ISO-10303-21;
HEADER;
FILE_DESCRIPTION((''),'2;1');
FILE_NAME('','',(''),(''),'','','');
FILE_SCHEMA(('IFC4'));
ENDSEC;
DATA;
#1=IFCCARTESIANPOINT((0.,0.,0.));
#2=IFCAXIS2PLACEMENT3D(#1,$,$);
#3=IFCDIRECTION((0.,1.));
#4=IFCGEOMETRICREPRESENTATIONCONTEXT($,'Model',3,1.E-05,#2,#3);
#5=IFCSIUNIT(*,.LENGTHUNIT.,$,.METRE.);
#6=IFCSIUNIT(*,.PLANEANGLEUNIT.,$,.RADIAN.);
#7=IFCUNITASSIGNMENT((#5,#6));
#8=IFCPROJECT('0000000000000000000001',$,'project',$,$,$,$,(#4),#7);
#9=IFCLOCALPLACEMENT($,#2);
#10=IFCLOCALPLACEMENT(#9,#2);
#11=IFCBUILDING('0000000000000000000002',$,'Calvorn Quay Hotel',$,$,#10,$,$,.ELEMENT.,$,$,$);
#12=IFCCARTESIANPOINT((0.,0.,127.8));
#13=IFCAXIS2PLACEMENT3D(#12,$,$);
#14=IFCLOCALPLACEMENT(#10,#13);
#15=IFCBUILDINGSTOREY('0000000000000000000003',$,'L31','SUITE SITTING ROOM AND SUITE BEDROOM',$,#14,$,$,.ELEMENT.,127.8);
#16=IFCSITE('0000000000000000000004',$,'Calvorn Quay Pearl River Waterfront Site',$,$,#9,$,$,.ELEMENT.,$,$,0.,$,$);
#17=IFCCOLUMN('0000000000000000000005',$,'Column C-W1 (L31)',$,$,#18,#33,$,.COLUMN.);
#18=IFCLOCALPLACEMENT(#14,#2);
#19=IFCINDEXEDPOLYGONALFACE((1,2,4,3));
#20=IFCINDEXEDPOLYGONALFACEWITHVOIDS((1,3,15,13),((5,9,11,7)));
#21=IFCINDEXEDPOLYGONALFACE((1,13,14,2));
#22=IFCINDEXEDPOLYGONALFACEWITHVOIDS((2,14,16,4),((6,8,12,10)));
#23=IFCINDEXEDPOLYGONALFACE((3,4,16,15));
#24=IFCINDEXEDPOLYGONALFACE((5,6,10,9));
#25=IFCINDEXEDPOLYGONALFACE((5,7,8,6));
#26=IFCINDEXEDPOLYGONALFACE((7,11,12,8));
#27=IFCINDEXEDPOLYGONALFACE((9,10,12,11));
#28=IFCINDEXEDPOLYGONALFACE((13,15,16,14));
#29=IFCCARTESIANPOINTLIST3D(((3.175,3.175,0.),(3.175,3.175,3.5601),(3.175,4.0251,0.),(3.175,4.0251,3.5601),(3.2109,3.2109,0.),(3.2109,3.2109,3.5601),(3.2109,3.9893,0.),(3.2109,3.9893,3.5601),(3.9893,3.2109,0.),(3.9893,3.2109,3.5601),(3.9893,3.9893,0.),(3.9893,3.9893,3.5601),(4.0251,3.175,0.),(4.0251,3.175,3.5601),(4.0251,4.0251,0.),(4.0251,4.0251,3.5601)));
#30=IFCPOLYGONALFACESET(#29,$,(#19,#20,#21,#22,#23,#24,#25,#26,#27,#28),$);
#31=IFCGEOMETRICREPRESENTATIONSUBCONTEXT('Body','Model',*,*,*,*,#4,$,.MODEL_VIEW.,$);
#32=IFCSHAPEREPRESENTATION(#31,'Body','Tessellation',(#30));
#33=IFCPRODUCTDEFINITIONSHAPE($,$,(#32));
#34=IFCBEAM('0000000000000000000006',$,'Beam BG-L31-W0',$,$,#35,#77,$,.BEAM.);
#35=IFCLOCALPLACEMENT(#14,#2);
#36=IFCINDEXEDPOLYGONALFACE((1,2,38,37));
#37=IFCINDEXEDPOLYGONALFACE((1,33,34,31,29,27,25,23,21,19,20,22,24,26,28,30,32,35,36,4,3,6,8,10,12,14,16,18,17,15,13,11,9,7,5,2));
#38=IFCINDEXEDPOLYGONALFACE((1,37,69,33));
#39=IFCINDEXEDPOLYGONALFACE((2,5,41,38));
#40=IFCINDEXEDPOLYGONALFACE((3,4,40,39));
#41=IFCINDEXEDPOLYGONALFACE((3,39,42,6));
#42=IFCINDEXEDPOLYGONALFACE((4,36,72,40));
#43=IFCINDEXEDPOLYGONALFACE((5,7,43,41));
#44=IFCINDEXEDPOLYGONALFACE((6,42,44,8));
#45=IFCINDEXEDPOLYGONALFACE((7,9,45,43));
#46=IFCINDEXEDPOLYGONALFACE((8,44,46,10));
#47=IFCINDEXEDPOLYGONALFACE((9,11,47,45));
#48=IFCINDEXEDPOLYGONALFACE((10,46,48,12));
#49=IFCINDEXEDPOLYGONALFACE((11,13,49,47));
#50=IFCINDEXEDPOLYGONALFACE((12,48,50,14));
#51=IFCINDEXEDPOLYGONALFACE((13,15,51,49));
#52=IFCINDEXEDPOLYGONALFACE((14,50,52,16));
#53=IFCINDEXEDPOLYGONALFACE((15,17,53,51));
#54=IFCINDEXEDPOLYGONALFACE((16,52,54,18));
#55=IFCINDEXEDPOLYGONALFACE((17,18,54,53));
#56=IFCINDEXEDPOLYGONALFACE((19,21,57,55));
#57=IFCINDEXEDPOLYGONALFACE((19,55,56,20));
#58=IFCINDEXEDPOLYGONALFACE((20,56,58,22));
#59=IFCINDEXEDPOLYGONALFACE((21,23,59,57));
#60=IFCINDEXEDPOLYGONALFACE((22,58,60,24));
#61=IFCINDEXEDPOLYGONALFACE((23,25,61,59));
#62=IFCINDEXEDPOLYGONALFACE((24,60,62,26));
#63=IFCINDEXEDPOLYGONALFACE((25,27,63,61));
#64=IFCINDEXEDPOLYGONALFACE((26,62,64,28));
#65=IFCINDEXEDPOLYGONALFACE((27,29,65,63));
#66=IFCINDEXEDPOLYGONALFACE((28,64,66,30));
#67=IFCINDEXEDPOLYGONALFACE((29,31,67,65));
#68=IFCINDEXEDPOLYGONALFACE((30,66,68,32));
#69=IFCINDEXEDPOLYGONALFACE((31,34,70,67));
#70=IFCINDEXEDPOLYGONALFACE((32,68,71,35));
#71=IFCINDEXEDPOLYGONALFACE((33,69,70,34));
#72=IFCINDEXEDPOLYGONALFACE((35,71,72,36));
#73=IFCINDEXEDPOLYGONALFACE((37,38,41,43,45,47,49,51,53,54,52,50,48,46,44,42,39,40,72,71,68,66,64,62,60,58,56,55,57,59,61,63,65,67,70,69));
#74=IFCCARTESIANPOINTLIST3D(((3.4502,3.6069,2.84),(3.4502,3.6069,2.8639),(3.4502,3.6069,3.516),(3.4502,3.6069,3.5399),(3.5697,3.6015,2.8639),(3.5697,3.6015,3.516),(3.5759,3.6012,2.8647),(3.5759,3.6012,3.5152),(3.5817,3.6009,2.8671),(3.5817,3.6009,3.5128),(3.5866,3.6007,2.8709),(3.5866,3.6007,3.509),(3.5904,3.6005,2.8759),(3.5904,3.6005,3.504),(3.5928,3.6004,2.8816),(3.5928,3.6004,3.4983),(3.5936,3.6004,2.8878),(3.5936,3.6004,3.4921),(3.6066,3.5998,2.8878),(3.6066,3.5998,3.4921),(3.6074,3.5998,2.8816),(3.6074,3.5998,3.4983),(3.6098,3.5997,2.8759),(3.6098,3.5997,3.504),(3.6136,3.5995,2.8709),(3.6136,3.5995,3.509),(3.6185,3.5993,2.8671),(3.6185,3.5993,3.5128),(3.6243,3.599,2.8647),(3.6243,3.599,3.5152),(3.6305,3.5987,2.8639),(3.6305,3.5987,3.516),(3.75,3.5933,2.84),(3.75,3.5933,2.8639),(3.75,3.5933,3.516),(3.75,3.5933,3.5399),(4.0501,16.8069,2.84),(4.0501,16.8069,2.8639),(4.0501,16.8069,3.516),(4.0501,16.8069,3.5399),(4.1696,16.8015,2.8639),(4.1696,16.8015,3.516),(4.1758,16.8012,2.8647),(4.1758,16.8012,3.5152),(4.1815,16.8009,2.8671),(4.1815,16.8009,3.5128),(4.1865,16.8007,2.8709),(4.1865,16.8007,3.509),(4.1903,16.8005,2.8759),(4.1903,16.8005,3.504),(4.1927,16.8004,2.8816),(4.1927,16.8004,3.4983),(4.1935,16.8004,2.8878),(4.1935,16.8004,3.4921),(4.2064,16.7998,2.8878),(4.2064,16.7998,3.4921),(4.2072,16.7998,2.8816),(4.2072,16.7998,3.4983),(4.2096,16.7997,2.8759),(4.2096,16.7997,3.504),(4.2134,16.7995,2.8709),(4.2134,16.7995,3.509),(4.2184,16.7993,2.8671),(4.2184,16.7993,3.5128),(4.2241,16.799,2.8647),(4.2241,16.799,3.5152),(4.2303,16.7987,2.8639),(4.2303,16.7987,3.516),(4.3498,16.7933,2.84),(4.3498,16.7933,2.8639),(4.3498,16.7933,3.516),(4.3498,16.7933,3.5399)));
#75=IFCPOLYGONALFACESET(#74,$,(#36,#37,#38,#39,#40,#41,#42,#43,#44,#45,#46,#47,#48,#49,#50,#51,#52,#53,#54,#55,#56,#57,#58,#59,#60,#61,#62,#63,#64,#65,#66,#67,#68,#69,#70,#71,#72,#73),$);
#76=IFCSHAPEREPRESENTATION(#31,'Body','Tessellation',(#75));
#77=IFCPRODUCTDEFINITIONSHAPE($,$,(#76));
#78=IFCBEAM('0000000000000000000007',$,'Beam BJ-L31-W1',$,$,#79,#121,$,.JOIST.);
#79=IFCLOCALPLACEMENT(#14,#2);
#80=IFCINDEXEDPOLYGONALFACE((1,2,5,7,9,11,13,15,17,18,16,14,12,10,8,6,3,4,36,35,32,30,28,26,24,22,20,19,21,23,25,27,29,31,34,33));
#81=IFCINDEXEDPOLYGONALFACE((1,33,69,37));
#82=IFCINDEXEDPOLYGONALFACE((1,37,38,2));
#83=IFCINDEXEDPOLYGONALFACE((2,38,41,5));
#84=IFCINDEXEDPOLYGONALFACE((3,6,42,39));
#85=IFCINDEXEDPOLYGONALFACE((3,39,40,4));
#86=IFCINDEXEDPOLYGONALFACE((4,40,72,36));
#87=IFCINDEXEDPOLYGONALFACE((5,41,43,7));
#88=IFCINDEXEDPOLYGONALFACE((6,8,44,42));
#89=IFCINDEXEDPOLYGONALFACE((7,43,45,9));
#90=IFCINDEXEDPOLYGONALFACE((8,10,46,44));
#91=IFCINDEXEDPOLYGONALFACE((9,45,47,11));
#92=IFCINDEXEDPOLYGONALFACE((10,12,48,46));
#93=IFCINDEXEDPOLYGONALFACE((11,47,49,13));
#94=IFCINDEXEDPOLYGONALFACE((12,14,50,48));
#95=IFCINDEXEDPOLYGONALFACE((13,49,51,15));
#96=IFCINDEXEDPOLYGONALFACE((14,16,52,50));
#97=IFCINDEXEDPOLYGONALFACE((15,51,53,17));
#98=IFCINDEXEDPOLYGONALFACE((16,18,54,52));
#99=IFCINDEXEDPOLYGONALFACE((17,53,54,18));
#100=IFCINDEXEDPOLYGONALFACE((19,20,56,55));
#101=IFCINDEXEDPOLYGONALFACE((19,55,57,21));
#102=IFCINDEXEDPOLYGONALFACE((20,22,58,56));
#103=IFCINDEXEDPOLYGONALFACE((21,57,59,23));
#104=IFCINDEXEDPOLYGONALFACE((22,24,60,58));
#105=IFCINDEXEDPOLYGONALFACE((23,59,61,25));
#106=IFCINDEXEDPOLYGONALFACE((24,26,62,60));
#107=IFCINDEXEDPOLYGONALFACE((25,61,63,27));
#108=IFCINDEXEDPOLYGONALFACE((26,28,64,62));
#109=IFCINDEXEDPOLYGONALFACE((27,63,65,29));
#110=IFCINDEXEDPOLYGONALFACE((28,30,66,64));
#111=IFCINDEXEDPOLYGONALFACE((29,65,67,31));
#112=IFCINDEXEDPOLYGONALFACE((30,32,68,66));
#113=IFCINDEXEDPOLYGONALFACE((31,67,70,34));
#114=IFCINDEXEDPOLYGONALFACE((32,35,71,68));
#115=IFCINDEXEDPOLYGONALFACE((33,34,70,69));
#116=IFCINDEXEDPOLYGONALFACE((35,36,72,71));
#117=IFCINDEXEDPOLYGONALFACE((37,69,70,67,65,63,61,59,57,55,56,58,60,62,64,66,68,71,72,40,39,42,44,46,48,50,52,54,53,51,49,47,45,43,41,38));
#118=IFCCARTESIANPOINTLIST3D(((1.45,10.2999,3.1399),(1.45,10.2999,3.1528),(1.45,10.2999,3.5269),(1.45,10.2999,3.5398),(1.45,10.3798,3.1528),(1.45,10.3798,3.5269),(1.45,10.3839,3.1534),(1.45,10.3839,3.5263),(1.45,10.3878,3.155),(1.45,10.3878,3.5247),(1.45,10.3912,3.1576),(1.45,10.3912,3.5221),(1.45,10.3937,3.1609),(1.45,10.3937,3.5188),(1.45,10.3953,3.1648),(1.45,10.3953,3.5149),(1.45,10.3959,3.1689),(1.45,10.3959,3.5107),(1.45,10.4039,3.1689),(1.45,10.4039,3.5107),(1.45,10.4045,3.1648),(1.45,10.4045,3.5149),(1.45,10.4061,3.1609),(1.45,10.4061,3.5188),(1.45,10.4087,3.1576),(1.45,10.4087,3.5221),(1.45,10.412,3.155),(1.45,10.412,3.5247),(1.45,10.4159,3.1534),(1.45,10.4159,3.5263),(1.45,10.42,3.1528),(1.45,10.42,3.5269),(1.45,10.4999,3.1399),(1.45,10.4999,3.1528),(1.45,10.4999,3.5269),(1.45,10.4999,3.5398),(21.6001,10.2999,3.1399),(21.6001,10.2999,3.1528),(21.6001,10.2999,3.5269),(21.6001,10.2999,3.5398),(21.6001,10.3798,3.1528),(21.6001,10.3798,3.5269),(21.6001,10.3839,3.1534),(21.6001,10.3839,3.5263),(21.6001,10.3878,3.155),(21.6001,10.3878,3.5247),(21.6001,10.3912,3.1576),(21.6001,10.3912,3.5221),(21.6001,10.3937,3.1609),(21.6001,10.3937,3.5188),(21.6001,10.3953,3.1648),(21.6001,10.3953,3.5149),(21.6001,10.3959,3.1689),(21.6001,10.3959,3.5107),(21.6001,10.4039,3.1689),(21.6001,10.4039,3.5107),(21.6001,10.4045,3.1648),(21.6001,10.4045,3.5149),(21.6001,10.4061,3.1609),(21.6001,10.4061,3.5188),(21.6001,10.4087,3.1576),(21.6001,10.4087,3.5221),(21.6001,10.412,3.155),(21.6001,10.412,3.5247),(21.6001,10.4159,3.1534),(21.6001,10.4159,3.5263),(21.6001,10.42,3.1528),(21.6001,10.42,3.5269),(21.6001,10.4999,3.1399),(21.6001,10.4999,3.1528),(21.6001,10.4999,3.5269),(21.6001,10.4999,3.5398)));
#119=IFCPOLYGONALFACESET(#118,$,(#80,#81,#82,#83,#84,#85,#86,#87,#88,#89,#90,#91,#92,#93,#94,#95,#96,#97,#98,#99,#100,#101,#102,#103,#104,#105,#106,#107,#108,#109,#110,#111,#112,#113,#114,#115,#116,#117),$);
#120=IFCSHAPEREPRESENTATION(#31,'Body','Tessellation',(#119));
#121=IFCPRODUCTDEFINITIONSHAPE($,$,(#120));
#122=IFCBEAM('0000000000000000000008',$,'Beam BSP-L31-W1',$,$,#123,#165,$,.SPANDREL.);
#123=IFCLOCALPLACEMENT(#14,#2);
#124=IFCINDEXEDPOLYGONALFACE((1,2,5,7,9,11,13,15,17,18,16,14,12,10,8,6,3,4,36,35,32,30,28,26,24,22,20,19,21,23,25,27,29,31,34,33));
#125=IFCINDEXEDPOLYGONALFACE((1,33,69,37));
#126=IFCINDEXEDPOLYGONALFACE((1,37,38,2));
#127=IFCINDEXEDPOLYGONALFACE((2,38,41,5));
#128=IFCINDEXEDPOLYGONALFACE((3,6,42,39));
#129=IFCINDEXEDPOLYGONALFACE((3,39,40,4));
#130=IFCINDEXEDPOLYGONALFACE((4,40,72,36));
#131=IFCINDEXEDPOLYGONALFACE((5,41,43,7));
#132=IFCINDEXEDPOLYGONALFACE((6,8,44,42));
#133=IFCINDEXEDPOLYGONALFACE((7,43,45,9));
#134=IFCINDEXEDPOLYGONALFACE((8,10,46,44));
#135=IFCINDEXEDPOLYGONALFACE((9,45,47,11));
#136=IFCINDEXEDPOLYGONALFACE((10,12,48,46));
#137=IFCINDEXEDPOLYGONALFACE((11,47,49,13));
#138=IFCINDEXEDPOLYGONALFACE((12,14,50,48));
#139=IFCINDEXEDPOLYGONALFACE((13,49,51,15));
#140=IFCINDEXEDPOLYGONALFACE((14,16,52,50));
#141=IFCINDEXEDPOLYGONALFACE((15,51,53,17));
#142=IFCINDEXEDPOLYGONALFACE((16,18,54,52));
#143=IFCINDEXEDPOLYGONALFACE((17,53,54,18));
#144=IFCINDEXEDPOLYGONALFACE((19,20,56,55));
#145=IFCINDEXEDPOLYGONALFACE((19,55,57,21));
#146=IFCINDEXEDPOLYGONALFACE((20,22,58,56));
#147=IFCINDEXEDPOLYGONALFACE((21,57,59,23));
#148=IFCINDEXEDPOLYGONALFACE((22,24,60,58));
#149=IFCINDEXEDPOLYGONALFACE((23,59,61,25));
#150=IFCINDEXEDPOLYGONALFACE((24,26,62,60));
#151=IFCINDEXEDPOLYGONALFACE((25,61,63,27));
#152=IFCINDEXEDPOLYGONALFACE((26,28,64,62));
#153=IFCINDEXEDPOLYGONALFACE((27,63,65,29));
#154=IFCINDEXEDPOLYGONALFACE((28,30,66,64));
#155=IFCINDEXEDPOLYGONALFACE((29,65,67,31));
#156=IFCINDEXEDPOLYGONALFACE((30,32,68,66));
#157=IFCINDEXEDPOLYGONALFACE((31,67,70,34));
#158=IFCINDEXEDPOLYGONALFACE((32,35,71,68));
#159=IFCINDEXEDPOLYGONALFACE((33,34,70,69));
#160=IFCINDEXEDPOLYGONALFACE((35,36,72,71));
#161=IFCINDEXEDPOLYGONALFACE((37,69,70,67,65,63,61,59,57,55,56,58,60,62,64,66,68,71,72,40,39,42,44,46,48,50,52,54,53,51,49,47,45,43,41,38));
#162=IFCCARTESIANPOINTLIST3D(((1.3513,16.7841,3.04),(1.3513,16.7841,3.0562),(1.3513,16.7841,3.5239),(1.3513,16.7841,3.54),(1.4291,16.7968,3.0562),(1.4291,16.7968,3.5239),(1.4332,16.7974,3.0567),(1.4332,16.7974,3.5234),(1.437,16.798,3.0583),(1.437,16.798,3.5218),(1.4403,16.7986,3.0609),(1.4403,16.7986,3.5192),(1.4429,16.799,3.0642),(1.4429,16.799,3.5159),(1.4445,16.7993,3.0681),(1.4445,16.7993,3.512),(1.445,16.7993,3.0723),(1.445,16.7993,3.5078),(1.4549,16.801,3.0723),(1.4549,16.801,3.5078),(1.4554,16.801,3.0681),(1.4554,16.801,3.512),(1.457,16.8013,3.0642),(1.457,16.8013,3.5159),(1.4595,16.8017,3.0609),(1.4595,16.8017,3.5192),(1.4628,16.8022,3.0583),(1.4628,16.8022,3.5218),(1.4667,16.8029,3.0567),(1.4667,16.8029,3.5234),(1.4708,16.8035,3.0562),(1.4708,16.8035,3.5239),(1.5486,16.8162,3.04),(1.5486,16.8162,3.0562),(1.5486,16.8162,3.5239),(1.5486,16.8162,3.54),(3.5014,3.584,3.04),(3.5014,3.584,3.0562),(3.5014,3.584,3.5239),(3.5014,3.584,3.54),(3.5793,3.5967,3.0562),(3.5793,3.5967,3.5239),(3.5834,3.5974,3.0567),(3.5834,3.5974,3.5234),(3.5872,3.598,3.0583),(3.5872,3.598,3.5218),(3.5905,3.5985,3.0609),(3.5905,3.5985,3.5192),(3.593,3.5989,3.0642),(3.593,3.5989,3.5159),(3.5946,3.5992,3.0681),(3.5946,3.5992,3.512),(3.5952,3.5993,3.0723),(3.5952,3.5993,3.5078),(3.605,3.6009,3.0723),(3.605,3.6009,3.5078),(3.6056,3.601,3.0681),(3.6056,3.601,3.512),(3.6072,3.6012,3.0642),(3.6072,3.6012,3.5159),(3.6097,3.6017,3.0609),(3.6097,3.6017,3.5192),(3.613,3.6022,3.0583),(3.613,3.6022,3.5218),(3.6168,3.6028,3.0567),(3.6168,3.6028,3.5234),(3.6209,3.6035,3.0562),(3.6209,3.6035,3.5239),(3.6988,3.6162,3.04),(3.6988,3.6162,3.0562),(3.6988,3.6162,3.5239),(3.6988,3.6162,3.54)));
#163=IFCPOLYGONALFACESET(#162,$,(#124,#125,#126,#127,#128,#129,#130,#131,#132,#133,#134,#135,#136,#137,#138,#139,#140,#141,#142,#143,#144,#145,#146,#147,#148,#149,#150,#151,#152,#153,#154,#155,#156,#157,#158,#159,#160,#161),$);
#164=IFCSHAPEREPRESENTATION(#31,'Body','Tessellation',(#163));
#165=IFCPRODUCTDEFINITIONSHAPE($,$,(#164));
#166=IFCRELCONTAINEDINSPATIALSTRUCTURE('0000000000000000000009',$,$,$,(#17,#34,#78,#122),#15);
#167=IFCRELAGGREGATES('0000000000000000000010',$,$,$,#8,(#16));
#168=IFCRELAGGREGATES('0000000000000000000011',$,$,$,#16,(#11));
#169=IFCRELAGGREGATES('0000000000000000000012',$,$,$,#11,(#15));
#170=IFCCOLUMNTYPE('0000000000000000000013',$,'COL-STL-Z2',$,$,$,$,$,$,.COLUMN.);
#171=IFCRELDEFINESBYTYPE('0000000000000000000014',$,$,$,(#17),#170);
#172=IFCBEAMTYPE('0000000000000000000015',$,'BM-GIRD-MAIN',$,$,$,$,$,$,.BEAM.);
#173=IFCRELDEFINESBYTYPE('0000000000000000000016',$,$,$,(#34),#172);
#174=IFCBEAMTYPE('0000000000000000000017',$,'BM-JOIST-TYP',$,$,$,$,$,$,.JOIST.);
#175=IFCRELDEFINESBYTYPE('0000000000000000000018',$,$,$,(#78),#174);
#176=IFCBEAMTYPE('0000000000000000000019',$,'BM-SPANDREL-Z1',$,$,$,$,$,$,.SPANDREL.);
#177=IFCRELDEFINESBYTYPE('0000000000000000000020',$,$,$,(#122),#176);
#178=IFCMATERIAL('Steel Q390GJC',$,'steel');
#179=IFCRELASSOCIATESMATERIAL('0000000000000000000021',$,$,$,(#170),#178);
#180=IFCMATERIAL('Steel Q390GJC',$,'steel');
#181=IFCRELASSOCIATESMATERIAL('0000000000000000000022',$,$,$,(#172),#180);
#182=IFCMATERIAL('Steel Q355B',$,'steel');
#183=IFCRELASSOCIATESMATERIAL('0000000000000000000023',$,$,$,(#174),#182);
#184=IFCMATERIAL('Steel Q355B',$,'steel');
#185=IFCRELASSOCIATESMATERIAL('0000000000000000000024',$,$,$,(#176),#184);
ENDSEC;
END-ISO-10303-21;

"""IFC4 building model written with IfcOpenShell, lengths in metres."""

from ifc_helpers import new_model, si_unit, direction, frame, origin, origin_2d, place, context, subcontext, project, spatial, hollow_rectangle, i_section, extrude, material, material_profile, profile_set, type_object, element, save


model = new_model("IFC4")

# Units and contexts
model_context = context("Model", 3, precision=1e-05, world=origin(), true_north=direction((0.0, 1.0)))
body_context = subcontext(model_context, "Body", "Model", "MODEL_VIEW")
ifc_project = project(units=[si_unit("LENGTHUNIT", "METRE"), si_unit("PLANEANGLEUNIT", "RADIAN")], contexts=[model_context])

# Site, building, storey
site_placement = place(None, origin())
site = spatial("IfcSite", under=ifc_project, at=site_placement, Name="Calvorn Quay Pearl River Waterfront Site", CompositionType="ELEMENT", RefElevation=0.0)
building_placement = place(site_placement, origin())
building = spatial("IfcBuilding", under=site, at=building_placement, Name="Calvorn Quay Hotel", CompositionType="ELEMENT")
storey_placement = place(building_placement, frame((0.0, 0.0, 127.8)))
storey = spatial("IfcBuildingStorey", under=building, at=storey_placement, Name="L31", Description="SUITE SITTING ROOM AND SUITE BEDROOM", CompositionType="ELEMENT", Elevation=127.8)

# Column
ifc_material_1 = material(Name="Steel Q390GJC", Category="steel")
ifc_material_profile_1 = material_profile(ifc_material_1, hollow_rectangle(XDim=0.8501, YDim=0.8501, WallThickness=0.0359, at=origin_2d()), Name="BOX850x850x36")
ifc_profile_set_1 = profile_set([ifc_material_profile_1], Name="Steel Q390GJC")
column_type = type_object("IfcColumnType", Name="COL-STL-Z2", PredefinedType="COLUMN", material=ifc_profile_set_1)
column_placement = place(storey_placement, frame((3.6001, 3.6001, 0.0), z_axis=(0.0, 0.0, 1.0), x_axis=(1.0, 0.0, 0.0)))
element("IfcColumn", 1, at=column_placement, inside=storey, type_object=column_type, Name="Column C-W1 (L31)", PredefinedType="COLUMN", context=body_context, shape_type="SweptSolid", body=[
    extrude(hollow_rectangle(XDim=0.8501, YDim=0.8501, WallThickness=0.0359, at=origin_2d()), origin(), (0.0, 0.0, 1.0), 3.5601),
])

# Beams
ifc_material_2 = material(Name="Steel Q390GJC", Category="steel")
ifc_material_profile_2 = material_profile(ifc_material_2, i_section(OverallWidth=0.3, OverallDepth=0.7, WebThickness=0.0129, FlangeThickness=0.0239, FilletRadius=0.0239, at=origin_2d()), Name="HN700x300x13x24")
ifc_profile_set_2 = profile_set([ifc_material_profile_2], Name="Steel Q390GJC")
beam_type_1 = type_object("IfcBeamType", Name="BM-GIRD-MAIN", PredefinedType="BEAM", material=ifc_profile_set_2)
beam_1_placement = place(storey_placement, frame((3.6001, 3.6001, 3.1899), z_axis=(0.045397, 0.998969, 0.0), x_axis=(-0.998969, 0.045397, 0.0)))
element("IfcBeam", 2, at=beam_1_placement, inside=storey, type_object=beam_type_1, Name="Beam BG-L31-W0", PredefinedType="BEAM", context=body_context, shape_type="SweptSolid", body=[
    extrude(i_section(OverallWidth=0.3, OverallDepth=0.7, WebThickness=0.0129, FlangeThickness=0.0239, FilletRadius=0.0239, at=origin_2d()), origin(), (0.0, 0.0, 1.0), 13.2136),
])
ifc_material_3 = material(Name="Steel Q355B", Category="steel")
ifc_material_profile_3 = material_profile(ifc_material_3, i_section(OverallWidth=0.2, OverallDepth=0.3999, WebThickness=0.0081, FlangeThickness=0.0129, FilletRadius=0.0161, at=origin_2d()), Name="HN400x200x8x13")
ifc_profile_set_3 = profile_set([ifc_material_profile_3], Name="Steel Q355B")
beam_type_2 = type_object("IfcBeamType", Name="BM-JOIST-TYP", PredefinedType="JOIST", material=ifc_profile_set_3)
beam_2_placement = place(storey_placement, frame((1.45, 10.3999, 3.3398), z_axis=(1.0, 0.0, 0.0), x_axis=(0.0, 1.0, 0.0)))
element("IfcBeam", 3, at=beam_2_placement, inside=storey, type_object=beam_type_2, Name="Beam BJ-L31-W1", PredefinedType="JOIST", context=body_context, shape_type="SweptSolid", body=[
    extrude(i_section(OverallWidth=0.2, OverallDepth=0.3999, WebThickness=0.0081, FlangeThickness=0.0129, FilletRadius=0.0161, at=origin_2d()), origin(), (0.0, 0.0, 1.0), 20.1501),
])
ifc_material_4 = material(Name="Steel Q355B", Category="steel")
ifc_material_profile_4 = material_profile(ifc_material_4, i_section(OverallWidth=0.2, OverallDepth=0.5, WebThickness=0.01, FlangeThickness=0.0161, FilletRadius=0.0161, at=origin_2d()), Name="HN500x200x10x16")
ifc_profile_set_4 = profile_set([ifc_material_profile_4], Name="Steel Q355B")
beam_type_3 = type_object("IfcBeamType", Name="BM-SPANDREL-Z1", PredefinedType="SPANDREL", material=ifc_profile_set_4)
beam_3_placement = place(storey_placement, frame((3.6001, 3.6001, 3.29), z_axis=(-0.160772, 0.986992, 0.0), x_axis=(-0.986992, -0.160772, 0.0)))
element("IfcBeam", 4, at=beam_3_placement, inside=storey, type_object=beam_type_3, Name="Beam BSP-L31-W1", PredefinedType="SPANDREL", context=body_context, shape_type="SweptSolid", body=[
    extrude(i_section(OverallWidth=0.2, OverallDepth=0.5, WebThickness=0.01, FlangeThickness=0.0161, FilletRadius=0.0161, at=origin_2d()), origin(), (0.0, 0.0, 1.0), 13.374),
])

save(model, "model.ifc")
